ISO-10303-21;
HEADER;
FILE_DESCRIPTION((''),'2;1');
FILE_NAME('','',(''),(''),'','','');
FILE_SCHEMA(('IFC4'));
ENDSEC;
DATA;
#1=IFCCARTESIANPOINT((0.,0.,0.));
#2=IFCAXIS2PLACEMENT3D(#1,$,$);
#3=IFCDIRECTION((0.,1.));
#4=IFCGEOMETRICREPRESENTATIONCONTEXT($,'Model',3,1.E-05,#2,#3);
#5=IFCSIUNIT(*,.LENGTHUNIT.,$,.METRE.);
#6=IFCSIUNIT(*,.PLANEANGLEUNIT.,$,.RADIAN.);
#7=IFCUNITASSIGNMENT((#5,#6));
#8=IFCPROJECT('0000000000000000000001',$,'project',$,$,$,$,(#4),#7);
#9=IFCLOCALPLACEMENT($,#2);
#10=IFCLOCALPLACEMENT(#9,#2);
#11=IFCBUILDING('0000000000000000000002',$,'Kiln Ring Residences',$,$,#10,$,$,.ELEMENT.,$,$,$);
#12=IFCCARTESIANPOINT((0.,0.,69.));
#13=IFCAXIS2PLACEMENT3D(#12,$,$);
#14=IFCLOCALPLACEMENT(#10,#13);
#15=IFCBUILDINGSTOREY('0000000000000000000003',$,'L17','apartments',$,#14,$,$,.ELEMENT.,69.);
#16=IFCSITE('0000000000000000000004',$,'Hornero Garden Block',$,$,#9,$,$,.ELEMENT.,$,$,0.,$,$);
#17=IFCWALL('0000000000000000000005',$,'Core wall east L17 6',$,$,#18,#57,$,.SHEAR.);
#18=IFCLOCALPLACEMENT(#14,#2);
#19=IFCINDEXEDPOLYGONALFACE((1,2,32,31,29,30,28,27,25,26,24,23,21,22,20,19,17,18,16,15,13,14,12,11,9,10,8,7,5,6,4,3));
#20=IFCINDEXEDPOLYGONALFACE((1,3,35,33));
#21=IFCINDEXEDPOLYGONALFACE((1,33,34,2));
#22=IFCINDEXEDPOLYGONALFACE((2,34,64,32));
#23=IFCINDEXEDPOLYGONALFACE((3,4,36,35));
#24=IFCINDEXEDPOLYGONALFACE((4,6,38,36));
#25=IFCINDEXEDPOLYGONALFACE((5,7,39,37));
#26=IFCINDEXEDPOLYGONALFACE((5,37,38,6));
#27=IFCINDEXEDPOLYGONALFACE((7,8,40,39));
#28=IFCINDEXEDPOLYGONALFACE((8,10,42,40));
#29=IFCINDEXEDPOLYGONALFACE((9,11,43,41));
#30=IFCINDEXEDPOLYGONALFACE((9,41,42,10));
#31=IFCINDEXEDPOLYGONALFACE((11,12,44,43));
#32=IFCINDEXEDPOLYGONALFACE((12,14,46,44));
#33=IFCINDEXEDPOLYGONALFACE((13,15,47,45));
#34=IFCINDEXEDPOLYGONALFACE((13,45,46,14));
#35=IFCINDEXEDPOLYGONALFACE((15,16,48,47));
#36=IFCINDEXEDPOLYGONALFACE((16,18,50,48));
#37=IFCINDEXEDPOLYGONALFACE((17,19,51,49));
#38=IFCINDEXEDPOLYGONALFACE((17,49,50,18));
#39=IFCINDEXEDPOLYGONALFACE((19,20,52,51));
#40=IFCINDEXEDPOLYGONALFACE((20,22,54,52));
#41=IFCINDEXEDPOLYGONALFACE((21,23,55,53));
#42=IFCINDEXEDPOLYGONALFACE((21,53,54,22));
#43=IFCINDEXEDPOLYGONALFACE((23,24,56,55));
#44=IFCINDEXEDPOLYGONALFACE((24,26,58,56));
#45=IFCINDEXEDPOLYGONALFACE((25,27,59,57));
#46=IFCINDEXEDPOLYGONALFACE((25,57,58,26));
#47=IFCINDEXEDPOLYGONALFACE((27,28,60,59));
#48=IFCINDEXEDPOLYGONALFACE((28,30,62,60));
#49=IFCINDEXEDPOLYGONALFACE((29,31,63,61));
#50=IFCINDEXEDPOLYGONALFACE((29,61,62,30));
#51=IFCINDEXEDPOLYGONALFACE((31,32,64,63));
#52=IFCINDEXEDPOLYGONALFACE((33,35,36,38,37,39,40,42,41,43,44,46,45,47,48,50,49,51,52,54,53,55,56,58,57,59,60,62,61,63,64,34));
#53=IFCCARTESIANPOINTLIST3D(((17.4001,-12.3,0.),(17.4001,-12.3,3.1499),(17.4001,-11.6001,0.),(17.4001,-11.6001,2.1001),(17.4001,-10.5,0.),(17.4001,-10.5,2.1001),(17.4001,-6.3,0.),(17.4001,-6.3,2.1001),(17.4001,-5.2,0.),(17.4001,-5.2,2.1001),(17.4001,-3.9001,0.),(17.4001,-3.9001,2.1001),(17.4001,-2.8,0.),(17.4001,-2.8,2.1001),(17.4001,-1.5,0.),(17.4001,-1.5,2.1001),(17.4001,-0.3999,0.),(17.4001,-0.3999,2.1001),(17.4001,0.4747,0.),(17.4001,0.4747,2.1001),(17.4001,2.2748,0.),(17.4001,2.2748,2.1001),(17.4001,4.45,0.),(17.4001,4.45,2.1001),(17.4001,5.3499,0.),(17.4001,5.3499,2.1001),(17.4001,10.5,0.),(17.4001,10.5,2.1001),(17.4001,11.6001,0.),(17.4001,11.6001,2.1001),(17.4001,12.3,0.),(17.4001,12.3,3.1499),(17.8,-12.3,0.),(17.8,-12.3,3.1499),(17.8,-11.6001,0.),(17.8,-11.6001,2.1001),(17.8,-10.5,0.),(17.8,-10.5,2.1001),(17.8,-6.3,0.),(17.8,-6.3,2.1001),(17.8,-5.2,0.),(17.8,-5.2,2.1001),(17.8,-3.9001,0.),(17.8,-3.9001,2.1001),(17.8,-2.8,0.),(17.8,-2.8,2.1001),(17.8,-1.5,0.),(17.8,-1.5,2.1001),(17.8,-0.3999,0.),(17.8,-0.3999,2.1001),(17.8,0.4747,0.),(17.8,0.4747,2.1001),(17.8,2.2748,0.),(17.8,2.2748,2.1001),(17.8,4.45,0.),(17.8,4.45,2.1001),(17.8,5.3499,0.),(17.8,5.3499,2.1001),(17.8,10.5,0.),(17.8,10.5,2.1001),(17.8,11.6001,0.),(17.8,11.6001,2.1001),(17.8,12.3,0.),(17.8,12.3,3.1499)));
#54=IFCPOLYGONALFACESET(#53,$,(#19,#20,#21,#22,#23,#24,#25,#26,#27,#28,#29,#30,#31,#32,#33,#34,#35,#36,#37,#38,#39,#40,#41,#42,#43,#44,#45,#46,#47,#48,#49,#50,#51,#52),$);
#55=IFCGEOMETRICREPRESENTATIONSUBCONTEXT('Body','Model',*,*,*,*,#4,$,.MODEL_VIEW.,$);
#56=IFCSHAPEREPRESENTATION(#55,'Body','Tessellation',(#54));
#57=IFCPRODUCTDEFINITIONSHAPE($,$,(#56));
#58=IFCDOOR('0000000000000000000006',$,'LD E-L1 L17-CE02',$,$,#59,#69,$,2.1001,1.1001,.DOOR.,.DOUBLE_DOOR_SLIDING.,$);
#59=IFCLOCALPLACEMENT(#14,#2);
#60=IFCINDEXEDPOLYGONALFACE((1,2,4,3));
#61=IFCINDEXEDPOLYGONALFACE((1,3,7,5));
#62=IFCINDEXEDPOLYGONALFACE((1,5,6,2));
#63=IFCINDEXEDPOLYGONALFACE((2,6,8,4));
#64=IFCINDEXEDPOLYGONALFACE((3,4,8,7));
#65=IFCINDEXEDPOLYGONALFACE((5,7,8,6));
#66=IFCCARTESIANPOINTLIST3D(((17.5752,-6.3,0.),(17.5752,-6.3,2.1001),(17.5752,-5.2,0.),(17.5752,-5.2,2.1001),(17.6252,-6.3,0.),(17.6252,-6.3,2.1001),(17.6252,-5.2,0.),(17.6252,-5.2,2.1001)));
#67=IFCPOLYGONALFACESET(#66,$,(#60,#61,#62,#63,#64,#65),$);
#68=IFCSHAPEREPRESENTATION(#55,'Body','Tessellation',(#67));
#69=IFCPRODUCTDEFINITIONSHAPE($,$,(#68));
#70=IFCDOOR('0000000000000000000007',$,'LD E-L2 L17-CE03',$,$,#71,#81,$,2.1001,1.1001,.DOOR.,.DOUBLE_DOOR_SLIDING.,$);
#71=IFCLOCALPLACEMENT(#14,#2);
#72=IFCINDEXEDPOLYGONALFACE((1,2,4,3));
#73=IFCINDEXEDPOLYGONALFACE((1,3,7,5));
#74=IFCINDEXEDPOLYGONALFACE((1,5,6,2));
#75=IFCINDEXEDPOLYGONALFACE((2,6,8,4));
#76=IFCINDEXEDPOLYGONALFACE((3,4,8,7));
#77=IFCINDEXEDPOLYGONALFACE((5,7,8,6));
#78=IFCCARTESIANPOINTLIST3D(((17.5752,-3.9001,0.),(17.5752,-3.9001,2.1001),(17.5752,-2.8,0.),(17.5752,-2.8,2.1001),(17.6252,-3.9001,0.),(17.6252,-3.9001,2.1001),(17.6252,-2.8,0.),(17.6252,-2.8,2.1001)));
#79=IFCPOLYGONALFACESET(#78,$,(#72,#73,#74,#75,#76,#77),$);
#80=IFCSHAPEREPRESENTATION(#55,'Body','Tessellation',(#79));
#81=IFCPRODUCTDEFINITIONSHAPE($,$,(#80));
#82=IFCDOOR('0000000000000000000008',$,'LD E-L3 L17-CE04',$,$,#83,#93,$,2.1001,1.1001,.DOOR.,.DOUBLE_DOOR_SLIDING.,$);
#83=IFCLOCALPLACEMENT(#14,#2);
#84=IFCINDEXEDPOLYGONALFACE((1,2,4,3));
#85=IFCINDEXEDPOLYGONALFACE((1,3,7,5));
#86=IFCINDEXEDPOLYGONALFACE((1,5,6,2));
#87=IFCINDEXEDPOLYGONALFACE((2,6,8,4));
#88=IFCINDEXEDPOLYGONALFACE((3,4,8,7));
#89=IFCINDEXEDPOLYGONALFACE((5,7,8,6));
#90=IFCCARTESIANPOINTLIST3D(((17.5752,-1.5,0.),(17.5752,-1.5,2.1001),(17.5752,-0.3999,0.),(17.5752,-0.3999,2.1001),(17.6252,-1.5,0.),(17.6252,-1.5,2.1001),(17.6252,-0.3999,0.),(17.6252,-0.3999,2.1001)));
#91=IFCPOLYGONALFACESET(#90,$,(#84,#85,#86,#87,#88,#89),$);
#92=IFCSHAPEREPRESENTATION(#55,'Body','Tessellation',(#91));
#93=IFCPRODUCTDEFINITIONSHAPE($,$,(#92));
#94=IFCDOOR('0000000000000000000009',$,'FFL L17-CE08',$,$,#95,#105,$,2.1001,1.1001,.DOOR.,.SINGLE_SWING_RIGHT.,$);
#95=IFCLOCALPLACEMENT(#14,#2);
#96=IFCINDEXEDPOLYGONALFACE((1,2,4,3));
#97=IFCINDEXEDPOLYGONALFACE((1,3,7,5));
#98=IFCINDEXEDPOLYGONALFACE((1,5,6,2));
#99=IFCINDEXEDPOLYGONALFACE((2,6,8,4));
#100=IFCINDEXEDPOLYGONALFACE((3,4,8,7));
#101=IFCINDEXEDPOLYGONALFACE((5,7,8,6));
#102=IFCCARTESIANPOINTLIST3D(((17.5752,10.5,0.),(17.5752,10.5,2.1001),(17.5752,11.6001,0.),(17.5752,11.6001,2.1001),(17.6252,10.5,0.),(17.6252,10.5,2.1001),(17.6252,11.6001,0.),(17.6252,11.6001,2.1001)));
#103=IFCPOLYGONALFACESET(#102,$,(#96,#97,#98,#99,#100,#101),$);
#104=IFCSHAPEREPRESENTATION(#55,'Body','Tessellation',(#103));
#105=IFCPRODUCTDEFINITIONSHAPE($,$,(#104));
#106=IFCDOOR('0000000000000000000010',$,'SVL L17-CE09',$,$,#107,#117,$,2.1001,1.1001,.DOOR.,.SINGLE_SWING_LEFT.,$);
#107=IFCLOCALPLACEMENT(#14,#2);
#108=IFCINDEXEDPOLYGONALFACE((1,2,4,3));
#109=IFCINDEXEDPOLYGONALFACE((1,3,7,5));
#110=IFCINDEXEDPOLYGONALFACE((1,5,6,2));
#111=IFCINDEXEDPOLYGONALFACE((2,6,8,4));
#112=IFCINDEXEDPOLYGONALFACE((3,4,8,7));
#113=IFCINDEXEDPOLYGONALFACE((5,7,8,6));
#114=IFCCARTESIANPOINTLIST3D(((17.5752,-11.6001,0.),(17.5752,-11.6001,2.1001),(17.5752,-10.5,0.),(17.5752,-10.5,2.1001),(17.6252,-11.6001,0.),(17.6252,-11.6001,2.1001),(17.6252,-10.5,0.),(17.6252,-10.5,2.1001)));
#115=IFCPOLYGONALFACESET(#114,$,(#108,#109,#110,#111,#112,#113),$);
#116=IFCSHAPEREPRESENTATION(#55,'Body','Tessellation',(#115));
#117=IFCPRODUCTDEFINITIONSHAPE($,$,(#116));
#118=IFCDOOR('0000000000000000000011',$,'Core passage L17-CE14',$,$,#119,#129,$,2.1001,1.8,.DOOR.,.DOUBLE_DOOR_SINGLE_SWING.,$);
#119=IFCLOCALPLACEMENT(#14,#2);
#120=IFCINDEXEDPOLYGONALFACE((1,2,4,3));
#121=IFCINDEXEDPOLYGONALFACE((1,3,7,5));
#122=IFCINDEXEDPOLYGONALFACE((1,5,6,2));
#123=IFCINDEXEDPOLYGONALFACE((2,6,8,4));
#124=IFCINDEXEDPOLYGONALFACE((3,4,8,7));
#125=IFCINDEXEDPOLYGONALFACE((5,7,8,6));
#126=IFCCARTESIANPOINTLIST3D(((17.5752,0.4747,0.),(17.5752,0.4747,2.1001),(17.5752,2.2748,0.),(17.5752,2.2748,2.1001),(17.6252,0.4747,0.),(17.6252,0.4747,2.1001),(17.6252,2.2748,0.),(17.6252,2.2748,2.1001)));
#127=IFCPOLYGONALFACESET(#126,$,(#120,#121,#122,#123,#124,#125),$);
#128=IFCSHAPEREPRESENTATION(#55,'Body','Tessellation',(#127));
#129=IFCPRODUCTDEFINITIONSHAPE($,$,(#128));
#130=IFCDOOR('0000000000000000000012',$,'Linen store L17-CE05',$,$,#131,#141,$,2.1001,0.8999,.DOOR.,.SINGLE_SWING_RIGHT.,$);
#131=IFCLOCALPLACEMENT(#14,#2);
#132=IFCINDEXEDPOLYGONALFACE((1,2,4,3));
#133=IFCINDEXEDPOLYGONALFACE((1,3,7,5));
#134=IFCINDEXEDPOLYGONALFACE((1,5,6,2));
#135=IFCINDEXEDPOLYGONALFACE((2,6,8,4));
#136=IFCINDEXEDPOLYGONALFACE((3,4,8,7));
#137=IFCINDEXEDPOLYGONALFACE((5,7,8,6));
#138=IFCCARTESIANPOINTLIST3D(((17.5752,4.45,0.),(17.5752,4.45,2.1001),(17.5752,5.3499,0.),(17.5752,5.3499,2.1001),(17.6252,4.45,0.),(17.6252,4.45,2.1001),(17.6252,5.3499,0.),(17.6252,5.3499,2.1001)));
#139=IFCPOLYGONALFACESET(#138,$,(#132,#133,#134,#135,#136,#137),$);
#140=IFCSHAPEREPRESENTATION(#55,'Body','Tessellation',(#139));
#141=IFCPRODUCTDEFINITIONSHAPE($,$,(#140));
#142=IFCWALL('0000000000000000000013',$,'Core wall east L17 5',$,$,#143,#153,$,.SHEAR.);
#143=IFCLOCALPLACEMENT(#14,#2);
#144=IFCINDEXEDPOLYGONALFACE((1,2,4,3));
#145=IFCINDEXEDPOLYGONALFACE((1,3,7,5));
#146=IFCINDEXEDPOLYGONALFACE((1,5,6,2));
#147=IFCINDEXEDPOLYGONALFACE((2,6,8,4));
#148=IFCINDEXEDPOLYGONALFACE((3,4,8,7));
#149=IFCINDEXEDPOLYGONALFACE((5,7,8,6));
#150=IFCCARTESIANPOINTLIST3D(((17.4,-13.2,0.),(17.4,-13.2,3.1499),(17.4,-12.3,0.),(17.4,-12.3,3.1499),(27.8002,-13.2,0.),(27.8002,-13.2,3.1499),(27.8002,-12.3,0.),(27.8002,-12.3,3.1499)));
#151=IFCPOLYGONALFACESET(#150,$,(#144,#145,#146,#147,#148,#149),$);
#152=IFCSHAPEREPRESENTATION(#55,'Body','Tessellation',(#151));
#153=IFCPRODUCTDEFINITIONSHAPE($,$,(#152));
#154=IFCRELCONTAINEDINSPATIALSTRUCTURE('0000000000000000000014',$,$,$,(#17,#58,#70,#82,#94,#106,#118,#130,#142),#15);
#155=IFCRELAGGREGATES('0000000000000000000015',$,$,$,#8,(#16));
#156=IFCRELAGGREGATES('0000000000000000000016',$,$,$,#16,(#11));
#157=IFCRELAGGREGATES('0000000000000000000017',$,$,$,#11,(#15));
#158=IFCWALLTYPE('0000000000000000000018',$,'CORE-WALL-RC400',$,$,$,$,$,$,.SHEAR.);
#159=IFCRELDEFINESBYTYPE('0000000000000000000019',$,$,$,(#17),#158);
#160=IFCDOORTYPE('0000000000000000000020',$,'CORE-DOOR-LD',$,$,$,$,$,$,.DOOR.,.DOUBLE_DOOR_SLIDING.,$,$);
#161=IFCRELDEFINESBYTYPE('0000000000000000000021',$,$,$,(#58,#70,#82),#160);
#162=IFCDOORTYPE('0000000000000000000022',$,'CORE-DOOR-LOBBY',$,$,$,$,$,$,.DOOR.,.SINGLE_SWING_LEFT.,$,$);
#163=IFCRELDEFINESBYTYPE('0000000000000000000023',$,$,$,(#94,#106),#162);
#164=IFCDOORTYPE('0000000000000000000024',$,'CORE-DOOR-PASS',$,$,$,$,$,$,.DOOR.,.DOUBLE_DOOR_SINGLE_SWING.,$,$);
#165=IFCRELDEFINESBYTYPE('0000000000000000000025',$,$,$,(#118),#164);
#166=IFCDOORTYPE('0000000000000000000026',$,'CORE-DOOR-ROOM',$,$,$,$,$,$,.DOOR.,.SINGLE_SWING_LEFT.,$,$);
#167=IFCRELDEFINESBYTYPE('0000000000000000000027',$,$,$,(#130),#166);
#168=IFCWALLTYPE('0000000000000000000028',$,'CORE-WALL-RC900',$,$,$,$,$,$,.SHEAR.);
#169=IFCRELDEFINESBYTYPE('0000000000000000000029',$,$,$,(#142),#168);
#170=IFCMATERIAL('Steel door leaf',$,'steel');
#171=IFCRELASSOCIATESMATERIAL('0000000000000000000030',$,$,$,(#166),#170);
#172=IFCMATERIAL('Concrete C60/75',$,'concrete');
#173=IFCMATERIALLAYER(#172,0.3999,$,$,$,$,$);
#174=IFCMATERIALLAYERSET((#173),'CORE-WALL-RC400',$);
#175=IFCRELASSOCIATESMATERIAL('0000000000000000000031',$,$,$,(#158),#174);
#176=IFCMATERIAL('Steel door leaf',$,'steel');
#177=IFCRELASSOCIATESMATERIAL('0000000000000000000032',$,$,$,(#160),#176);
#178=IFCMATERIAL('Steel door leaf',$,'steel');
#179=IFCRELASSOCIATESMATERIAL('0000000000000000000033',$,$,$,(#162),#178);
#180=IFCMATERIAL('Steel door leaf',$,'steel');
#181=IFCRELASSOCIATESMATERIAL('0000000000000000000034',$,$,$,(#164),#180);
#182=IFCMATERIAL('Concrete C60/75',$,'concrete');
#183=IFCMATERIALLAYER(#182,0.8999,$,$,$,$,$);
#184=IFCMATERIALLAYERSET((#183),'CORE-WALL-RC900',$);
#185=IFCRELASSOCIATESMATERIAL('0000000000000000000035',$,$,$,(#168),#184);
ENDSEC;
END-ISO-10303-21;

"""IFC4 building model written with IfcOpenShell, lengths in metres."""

from ifc_helpers import new_model, si_unit, direction, frame, frame_2d, origin, place, context, subcontext, project, spatial, rectangle, extrude, material, layer, layer_set, type_object, element, fill, save


model = new_model("IFC4")

# Units and contexts
model_context = context("Model", 3, precision=1e-05, world=origin(), true_north=direction((0.0, 1.0)))
body_context = subcontext(model_context, "Body", "Model", "MODEL_VIEW")
ifc_project = project(units=[si_unit("LENGTHUNIT", "METRE"), si_unit("PLANEANGLEUNIT", "RADIAN")], contexts=[model_context])

# Site, building, storey
site_placement = place(None, origin())
site = spatial("IfcSite", under=ifc_project, at=site_placement, Name="Hornero Garden Block", CompositionType="ELEMENT", RefElevation=0.0)
building_placement = place(site_placement, origin())
building = spatial("IfcBuilding", under=site, at=building_placement, Name="Kiln Ring Residences", CompositionType="ELEMENT")
storey_placement = place(building_placement, frame((0.0, 0.0, 69.0)))
storey = spatial("IfcBuildingStorey", under=building, at=storey_placement, Name="L17", Description="apartments", CompositionType="ELEMENT", Elevation=69.0)

# Shared definitions
ifc_material_1 = material(Name="Steel door leaf", Category="steel")
door_type_1 = type_object("IfcDoorType", Name="CORE-DOOR-ROOM", OperationType="SINGLE_SWING_LEFT", PredefinedType="DOOR", material=ifc_material_1)

# Wall, openings, doors
ifc_material_2 = material(Name="Concrete C60/75", Category="concrete")
ifc_layer_1 = layer(ifc_material_2, 0.3999)
ifc_layer_set_1 = layer_set([ifc_layer_1], Name="CORE-WALL-RC400")
wall_type_1 = type_object("IfcWallType", Name="CORE-WALL-RC400", PredefinedType="SHEAR", material=ifc_layer_set_1)
wall_1_placement = place(storey_placement, frame((17.6001, -12.3, 0.0), z_axis=(0.0, 0.0, 1.0), x_axis=(0.0, 1.0, 0.0)))
wall_1 = element("IfcWall", 1, at=wall_1_placement, inside=storey, type_object=wall_type_1, Name="Core wall east L17 6", PredefinedType="SHEAR", context=body_context, shape_type="SweptSolid", body=[
    extrude(rectangle(XDim=24.6001, YDim=0.3999, at=frame_2d((12.3, 0.0))), origin(), (0.0, 0.0, 1.0), 3.1499),
])
opening_1_placement = place(wall_1_placement, frame((6.0, 0.0, 0.0)))
opening_1 = element("IfcOpeningElement", 2, at=opening_1_placement, cuts=wall_1, PredefinedType="OPENING", context=body_context, shape_type="SweptSolid", body=[
    extrude(rectangle(XDim=1.1001, YDim=2.1001, at=frame_2d((0.55, 1.05))), frame((0.0, 0.21, 0.0), z_axis=(0.0, -1.0, 0.0), x_axis=(1.0, 0.0, 0.0)), (0.0, 0.0, 1.0), 0.4199),
])
opening_2_placement = place(wall_1_placement, frame((8.3999, 0.0, 0.0)))
opening_2 = element("IfcOpeningElement", 3, at=opening_2_placement, cuts=wall_1, PredefinedType="OPENING", context=body_context, shape_type="SweptSolid", body=[
    extrude(rectangle(XDim=1.1001, YDim=2.1001, at=frame_2d((0.55, 1.05))), frame((0.0, 0.21, 0.0), z_axis=(0.0, -1.0, 0.0), x_axis=(1.0, 0.0, 0.0)), (0.0, 0.0, 1.0), 0.4199),
])
opening_3_placement = place(wall_1_placement, frame((10.8, 0.0, 0.0)))
opening_3 = element("IfcOpeningElement", 4, at=opening_3_placement, cuts=wall_1, PredefinedType="OPENING", context=body_context, shape_type="SweptSolid", body=[
    extrude(rectangle(XDim=1.1001, YDim=2.1001, at=frame_2d((0.55, 1.05))), frame((0.0, 0.21, 0.0), z_axis=(0.0, -1.0, 0.0), x_axis=(1.0, 0.0, 0.0)), (0.0, 0.0, 1.0), 0.4199),
])
opening_4_placement = place(wall_1_placement, frame((16.75, 0.0, 0.0)))
opening_4 = element("IfcOpeningElement", 5, at=opening_4_placement, cuts=wall_1, PredefinedType="OPENING", context=body_context, shape_type="SweptSolid", body=[
    extrude(rectangle(XDim=0.8999, YDim=2.1001, at=frame_2d((0.45, 1.05))), frame((0.0, 0.21, 0.0), z_axis=(0.0, -1.0, 0.0), x_axis=(1.0, 0.0, 0.0)), (0.0, 0.0, 1.0), 0.4199),
])
opening_5_placement = place(wall_1_placement, frame((22.8, 0.0, 0.0)))
opening_5 = element("IfcOpeningElement", 6, at=opening_5_placement, cuts=wall_1, PredefinedType="OPENING", context=body_context, shape_type="SweptSolid", body=[
    extrude(rectangle(XDim=1.1001, YDim=2.1001, at=frame_2d((0.55, 1.05))), frame((0.0, 0.21, 0.0), z_axis=(0.0, -1.0, 0.0), x_axis=(1.0, 0.0, 0.0)), (0.0, 0.0, 1.0), 0.4199),
])
opening_6_placement = place(wall_1_placement, frame((0.7, 0.0, 0.0)))
opening_6 = element("IfcOpeningElement", 7, at=opening_6_placement, cuts=wall_1, PredefinedType="OPENING", context=body_context, shape_type="SweptSolid", body=[
    extrude(rectangle(XDim=1.1001, YDim=2.1001, at=frame_2d((0.55, 1.05))), frame((0.0, 0.21, 0.0), z_axis=(0.0, -1.0, 0.0), x_axis=(1.0, 0.0, 0.0)), (0.0, 0.0, 1.0), 0.4199),
])
opening_7_placement = place(wall_1_placement, frame((12.7749, 0.0, 0.0)))
opening_7 = element("IfcOpeningElement", 8, at=opening_7_placement, cuts=wall_1, PredefinedType="OPENING", context=body_context, shape_type="SweptSolid", body=[
    extrude(rectangle(XDim=1.8, YDim=2.1001, at=frame_2d((0.8999, 1.05))), frame((0.0, 0.21, 0.0), z_axis=(0.0, -1.0, 0.0), x_axis=(1.0, 0.0, 0.0)), (0.0, 0.0, 1.0), 0.4199),
])
ifc_material_3 = material(Name="Steel door leaf", Category="steel")
door_type_2 = type_object("IfcDoorType", Name="CORE-DOOR-LD", OperationType="DOUBLE_DOOR_SLIDING", PredefinedType="DOOR", material=ifc_material_3)
door_1_placement = place(opening_1_placement, origin())
door_1 = element("IfcDoor", 9, at=door_1_placement, inside=storey, type_object=door_type_2, Name="LD E-L1 L17-CE02", OperationType="DOUBLE_DOOR_SLIDING", OverallHeight=2.1001, OverallWidth=1.1001, PredefinedType="DOOR", context=body_context, shape_type="SweptSolid", body=[
    extrude(rectangle(XDim=1.1001, YDim=2.1001, at=frame_2d((0.55, 1.05))), frame((0.0, 0.0249, 0.0), z_axis=(0.0, -1.0, 0.0), x_axis=(1.0, 0.0, 0.0)), (0.0, 0.0, 1.0), 0.05),
])
fill(opening_1, door_1)
door_2_placement = place(opening_2_placement, origin())
door_2 = element("IfcDoor", 10, at=door_2_placement, inside=storey, type_object=door_type_2, Name="LD E-L2 L17-CE03", OperationType="DOUBLE_DOOR_SLIDING", OverallHeight=2.1001, OverallWidth=1.1001, PredefinedType="DOOR", context=body_context, shape_type="SweptSolid", body=[
    extrude(rectangle(XDim=1.1001, YDim=2.1001, at=frame_2d((0.55, 1.05))), frame((0.0, 0.0249, 0.0), z_axis=(0.0, -1.0, 0.0), x_axis=(1.0, 0.0, 0.0)), (0.0, 0.0, 1.0), 0.05),
])
fill(opening_2, door_2)
door_3_placement = place(opening_3_placement, origin())
door_3 = element("IfcDoor", 11, at=door_3_placement, inside=storey, type_object=door_type_2, Name="LD E-L3 L17-CE04", OperationType="DOUBLE_DOOR_SLIDING", OverallHeight=2.1001, OverallWidth=1.1001, PredefinedType="DOOR", context=body_context, shape_type="SweptSolid", body=[
    extrude(rectangle(XDim=1.1001, YDim=2.1001, at=frame_2d((0.55, 1.05))), frame((0.0, 0.0249, 0.0), z_axis=(0.0, -1.0, 0.0), x_axis=(1.0, 0.0, 0.0)), (0.0, 0.0, 1.0), 0.05),
])
fill(opening_3, door_3)
ifc_material_4 = material(Name="Steel door leaf", Category="steel")
door_type_3 = type_object("IfcDoorType", Name="CORE-DOOR-LOBBY", OperationType="SINGLE_SWING_LEFT", PredefinedType="DOOR", material=ifc_material_4)
door_4_placement = place(opening_5_placement, origin())
door_4 = element("IfcDoor", 12, at=door_4_placement, inside=storey, type_object=door_type_3, Name="FFL L17-CE08", OperationType="SINGLE_SWING_RIGHT", OverallHeight=2.1001, OverallWidth=1.1001, PredefinedType="DOOR", context=body_context, shape_type="SweptSolid", body=[
    extrude(rectangle(XDim=1.1001, YDim=2.1001, at=frame_2d((0.55, 1.05))), frame((0.0, 0.0249, 0.0), z_axis=(0.0, -1.0, 0.0), x_axis=(1.0, 0.0, 0.0)), (0.0, 0.0, 1.0), 0.05),
])
fill(opening_5, door_4)
door_5_placement = place(opening_6_placement, origin())
door_5 = element("IfcDoor", 13, at=door_5_placement, inside=storey, type_object=door_type_3, Name="SVL L17-CE09", OperationType="SINGLE_SWING_LEFT", OverallHeight=2.1001, OverallWidth=1.1001, PredefinedType="DOOR", context=body_context, shape_type="SweptSolid", body=[
    extrude(rectangle(XDim=1.1001, YDim=2.1001, at=frame_2d((0.55, 1.05))), frame((0.0, 0.0249, 0.0), z_axis=(0.0, -1.0, 0.0), x_axis=(1.0, 0.0, 0.0)), (0.0, 0.0, 1.0), 0.05),
])
fill(opening_6, door_5)
ifc_material_5 = material(Name="Steel door leaf", Category="steel")
door_type_4 = type_object("IfcDoorType", Name="CORE-DOOR-PASS", OperationType="DOUBLE_DOOR_SINGLE_SWING", PredefinedType="DOOR", material=ifc_material_5)
door_6_placement = place(opening_7_placement, origin())
door_6 = element("IfcDoor", 14, at=door_6_placement, inside=storey, type_object=door_type_4, Name="Core passage L17-CE14", OperationType="DOUBLE_DOOR_SINGLE_SWING", OverallHeight=2.1001, OverallWidth=1.8, PredefinedType="DOOR", context=body_context, shape_type="SweptSolid", body=[
    extrude(rectangle(XDim=1.8, YDim=2.1001, at=frame_2d((0.8999, 1.05))), frame((0.0, 0.0249, 0.0), z_axis=(0.0, -1.0, 0.0), x_axis=(1.0, 0.0, 0.0)), (0.0, 0.0, 1.0), 0.05),
])
fill(opening_7, door_6)
door_7_placement = place(opening_4_placement, origin())
door_7 = element("IfcDoor", 15, at=door_7_placement, inside=storey, type_object=door_type_1, Name="Linen store L17-CE05", OperationType="SINGLE_SWING_RIGHT", OverallHeight=2.1001, OverallWidth=0.8999, PredefinedType="DOOR", context=body_context, shape_type="SweptSolid", body=[
    extrude(rectangle(XDim=0.8999, YDim=2.1001, at=frame_2d((0.45, 1.05))), frame((0.0, 0.0249, 0.0), z_axis=(0.0, -1.0, 0.0), x_axis=(1.0, 0.0, 0.0)), (0.0, 0.0, 1.0), 0.05),
])
fill(opening_4, door_7)

# Wall
ifc_material_6 = material(Name="Concrete C60/75", Category="concrete")
ifc_layer_2 = layer(ifc_material_6, 0.8999)
ifc_layer_set_2 = layer_set([ifc_layer_2], Name="CORE-WALL-RC900")
wall_type_2 = type_object("IfcWallType", Name="CORE-WALL-RC900", PredefinedType="SHEAR", material=ifc_layer_set_2)
wall_2_placement = place(storey_placement, frame((17.3999, -12.75, 0.0), z_axis=(0.0, 0.0, 1.0), x_axis=(1.0, 0.0, 0.0)))
element("IfcWall", 16, at=wall_2_placement, inside=storey, type_object=wall_type_2, Name="Core wall east L17 5", PredefinedType="SHEAR", context=body_context, shape_type="SweptSolid", body=[
    extrude(rectangle(XDim=10.4001, YDim=0.8999, at=frame_2d((5.2002, 0.0))), origin(), (0.0, 0.0, 1.0), 3.1499),
])

save(model, "model.ifc")
